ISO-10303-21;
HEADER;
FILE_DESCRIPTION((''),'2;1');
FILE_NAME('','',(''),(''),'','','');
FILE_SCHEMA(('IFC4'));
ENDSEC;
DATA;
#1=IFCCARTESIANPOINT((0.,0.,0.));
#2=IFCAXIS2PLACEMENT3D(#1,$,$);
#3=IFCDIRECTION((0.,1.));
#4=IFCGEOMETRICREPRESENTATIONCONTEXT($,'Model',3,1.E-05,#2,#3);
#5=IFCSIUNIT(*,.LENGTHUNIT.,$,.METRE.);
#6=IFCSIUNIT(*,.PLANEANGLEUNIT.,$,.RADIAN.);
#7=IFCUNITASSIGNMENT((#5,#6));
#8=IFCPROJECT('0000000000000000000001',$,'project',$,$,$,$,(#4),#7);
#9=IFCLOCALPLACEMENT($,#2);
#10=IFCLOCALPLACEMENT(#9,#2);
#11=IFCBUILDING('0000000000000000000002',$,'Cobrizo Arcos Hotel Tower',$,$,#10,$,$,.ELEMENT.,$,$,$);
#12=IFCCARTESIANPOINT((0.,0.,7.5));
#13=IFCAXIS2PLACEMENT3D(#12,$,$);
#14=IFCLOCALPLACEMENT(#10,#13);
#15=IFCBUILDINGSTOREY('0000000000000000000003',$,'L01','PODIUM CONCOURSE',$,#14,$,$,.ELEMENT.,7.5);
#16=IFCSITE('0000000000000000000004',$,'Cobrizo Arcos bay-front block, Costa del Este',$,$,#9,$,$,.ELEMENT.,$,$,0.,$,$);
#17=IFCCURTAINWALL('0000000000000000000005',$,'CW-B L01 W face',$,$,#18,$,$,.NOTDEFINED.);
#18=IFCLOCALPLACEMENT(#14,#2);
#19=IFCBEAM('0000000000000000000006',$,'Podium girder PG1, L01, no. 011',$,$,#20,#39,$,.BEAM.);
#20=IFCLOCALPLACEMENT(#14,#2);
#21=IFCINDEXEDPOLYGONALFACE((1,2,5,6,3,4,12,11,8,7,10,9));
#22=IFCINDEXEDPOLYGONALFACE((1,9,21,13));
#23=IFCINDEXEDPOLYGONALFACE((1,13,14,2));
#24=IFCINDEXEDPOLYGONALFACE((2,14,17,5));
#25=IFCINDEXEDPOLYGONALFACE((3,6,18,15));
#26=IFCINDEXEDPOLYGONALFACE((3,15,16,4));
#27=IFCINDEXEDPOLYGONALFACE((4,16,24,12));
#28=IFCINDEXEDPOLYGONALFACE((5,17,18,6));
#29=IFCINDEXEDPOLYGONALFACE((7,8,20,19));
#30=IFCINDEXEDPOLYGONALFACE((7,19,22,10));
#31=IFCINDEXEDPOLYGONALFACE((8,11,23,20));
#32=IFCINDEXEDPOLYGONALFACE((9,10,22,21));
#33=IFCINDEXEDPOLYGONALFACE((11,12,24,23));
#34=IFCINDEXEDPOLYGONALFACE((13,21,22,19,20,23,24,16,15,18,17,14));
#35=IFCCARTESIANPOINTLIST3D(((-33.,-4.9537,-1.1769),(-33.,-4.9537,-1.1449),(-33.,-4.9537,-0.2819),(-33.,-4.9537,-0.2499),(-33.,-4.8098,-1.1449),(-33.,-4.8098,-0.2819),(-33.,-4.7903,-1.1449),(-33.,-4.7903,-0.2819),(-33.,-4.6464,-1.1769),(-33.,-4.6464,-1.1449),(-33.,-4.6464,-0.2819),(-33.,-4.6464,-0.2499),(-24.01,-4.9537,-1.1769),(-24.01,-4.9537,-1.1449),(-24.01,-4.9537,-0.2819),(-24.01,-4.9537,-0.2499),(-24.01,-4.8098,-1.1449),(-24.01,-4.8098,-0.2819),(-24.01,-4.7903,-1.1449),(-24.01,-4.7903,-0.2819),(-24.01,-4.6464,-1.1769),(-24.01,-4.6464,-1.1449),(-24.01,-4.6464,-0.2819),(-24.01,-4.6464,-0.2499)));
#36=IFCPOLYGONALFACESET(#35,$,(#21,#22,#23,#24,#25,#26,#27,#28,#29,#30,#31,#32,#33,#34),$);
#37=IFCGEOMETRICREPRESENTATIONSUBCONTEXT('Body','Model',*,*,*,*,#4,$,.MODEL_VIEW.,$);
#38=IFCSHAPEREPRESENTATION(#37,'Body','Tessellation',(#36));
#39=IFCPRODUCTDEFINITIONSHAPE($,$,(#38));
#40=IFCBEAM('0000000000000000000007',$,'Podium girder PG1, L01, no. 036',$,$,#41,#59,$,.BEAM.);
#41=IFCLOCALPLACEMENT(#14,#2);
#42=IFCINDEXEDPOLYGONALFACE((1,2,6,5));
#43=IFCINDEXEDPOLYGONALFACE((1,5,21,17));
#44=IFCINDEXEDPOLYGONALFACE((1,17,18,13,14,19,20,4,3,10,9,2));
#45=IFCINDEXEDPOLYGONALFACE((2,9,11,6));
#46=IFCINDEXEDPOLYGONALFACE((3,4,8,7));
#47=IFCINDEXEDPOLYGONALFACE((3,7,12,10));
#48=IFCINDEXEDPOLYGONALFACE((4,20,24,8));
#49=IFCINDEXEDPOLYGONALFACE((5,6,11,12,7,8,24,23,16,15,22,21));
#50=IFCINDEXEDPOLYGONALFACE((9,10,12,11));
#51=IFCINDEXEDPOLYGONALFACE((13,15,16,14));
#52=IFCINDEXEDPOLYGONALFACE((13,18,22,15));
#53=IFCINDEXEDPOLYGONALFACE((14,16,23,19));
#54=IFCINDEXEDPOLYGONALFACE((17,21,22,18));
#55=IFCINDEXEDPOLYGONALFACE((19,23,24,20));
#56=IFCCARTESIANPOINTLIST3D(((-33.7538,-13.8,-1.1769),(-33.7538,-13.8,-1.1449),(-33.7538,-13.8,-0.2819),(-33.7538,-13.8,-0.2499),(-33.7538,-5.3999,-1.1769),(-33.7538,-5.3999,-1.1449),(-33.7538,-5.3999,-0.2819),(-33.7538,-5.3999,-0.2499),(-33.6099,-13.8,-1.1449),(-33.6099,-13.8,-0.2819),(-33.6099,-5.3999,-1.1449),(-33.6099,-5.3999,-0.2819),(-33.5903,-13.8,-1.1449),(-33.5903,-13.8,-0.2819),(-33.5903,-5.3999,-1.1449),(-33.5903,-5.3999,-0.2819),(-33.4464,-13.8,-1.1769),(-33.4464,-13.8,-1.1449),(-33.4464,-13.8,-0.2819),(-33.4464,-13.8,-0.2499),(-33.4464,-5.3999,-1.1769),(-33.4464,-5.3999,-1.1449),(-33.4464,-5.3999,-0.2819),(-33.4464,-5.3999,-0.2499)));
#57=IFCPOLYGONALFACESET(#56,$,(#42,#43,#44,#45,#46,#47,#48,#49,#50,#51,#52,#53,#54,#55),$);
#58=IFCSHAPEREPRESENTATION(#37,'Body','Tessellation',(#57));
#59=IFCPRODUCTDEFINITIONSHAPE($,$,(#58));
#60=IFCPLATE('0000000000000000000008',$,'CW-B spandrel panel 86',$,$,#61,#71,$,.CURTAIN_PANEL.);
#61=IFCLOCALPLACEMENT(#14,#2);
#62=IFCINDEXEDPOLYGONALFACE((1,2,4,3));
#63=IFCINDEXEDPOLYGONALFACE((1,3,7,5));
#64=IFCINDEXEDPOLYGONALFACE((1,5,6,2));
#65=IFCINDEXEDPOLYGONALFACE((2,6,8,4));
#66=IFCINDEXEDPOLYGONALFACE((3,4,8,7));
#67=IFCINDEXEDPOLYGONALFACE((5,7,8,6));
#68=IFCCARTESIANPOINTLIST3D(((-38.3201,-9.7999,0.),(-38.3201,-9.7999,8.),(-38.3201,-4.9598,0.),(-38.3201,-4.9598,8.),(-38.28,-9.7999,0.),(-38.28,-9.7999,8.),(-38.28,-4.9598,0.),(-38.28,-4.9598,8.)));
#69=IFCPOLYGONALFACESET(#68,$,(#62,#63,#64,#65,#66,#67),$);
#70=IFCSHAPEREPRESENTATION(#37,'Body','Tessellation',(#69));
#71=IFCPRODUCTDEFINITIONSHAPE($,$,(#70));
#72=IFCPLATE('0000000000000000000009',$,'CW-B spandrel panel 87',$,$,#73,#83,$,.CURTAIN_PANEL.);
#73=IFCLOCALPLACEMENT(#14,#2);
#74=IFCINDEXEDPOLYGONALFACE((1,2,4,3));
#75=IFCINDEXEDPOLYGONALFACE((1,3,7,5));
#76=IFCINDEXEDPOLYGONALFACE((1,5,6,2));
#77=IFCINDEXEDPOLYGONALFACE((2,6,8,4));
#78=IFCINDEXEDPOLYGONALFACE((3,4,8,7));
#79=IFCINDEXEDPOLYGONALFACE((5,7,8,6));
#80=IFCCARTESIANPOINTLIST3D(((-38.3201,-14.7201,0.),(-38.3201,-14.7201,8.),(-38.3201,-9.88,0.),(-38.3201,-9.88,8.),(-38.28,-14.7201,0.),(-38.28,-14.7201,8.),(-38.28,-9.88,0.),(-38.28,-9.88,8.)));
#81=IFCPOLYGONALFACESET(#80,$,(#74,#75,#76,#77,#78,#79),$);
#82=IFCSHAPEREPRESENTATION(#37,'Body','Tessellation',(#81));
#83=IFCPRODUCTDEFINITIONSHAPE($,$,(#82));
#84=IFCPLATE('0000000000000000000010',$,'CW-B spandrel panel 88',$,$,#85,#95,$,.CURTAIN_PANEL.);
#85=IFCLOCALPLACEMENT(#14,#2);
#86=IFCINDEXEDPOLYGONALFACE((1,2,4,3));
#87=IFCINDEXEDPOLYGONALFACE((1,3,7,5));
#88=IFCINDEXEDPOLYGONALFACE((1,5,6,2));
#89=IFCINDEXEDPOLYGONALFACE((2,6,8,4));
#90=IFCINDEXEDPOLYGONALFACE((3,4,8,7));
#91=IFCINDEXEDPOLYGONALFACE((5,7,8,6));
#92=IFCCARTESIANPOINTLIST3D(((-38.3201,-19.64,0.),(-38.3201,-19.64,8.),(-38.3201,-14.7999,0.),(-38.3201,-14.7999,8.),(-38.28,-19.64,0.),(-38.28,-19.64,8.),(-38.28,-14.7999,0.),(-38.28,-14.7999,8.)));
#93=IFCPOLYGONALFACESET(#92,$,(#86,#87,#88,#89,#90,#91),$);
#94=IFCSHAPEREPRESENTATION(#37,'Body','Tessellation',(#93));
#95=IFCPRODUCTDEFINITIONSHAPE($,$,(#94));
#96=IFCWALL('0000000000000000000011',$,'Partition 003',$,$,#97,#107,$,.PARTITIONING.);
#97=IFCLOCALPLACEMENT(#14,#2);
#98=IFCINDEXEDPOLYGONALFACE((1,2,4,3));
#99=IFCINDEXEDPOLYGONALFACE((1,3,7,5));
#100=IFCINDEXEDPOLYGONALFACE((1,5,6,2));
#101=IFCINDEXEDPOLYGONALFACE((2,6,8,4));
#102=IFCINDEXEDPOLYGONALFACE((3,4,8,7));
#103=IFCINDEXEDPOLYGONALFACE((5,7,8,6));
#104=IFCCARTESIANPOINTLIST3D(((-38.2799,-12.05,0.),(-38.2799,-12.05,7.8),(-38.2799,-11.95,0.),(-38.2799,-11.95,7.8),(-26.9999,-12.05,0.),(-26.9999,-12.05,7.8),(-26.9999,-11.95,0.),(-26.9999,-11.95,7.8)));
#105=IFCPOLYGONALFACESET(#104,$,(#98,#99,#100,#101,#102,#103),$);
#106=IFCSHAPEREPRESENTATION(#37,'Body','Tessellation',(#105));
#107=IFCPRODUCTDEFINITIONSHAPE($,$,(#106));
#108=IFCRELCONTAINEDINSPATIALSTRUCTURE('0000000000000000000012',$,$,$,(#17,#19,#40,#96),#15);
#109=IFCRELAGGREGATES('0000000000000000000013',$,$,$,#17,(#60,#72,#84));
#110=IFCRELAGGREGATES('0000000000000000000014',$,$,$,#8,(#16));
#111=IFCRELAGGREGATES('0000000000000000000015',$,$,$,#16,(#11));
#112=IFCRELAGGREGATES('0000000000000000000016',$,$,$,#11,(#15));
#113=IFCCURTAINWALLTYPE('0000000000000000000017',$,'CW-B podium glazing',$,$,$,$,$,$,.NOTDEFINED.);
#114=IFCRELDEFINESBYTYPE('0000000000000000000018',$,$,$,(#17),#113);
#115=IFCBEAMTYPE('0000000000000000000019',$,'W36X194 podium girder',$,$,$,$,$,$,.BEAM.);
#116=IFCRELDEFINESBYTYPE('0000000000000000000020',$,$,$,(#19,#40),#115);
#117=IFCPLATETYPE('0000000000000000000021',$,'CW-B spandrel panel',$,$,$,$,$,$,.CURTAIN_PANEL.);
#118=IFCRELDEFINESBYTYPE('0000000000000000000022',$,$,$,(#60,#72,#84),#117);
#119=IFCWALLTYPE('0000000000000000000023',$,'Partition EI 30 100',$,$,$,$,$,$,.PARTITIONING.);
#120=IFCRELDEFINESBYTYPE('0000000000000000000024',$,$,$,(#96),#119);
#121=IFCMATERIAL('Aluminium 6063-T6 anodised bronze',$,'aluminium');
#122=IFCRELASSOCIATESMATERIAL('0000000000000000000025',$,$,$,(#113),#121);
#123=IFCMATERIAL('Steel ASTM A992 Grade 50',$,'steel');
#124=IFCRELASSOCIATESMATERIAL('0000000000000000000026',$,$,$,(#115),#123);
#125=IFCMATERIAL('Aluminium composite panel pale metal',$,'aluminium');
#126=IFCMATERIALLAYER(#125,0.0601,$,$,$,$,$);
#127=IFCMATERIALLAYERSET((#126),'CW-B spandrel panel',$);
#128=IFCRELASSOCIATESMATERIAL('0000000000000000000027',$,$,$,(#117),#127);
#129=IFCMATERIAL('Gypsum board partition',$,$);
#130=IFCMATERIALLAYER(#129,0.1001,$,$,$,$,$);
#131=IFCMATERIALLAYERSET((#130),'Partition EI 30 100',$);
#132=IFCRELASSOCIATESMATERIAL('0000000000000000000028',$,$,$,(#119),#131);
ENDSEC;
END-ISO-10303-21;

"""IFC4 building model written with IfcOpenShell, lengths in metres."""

from ifc_helpers import new_model, si_unit, direction, frame, frame_2d, origin, origin_2d, place, context, subcontext, project, spatial, rectangle, i_section, extrude, material, layer, layer_set, material_profile, profile_set, type_object, element, aggregate, save


model = new_model("IFC4")

# Units and contexts
model_context = context("Model", 3, precision=1e-05, world=origin(), true_north=direction((0.0, 1.0)))
body_context = subcontext(model_context, "Body", "Model", "MODEL_VIEW")
ifc_project = project(units=[si_unit("LENGTHUNIT", "METRE"), si_unit("PLANEANGLEUNIT", "RADIAN")], contexts=[model_context])

# Site, building, storey
site_placement = place(None, origin())
site = spatial("IfcSite", under=ifc_project, at=site_placement, Name="Cobrizo Arcos bay-front block, Costa del Este", CompositionType="ELEMENT", RefElevation=0.0)
building_placement = place(site_placement, origin())
building = spatial("IfcBuilding", under=site, at=building_placement, Name="Cobrizo Arcos Hotel Tower", CompositionType="ELEMENT")
storey_placement = place(building_placement, frame((0.0, 0.0, 7.5)))
storey = spatial("IfcBuildingStorey", under=building, at=storey_placement, Name="L01", Description="PODIUM CONCOURSE", CompositionType="ELEMENT", Elevation=7.5)

# Curtain wall
ifc_material_1 = material(Name="Aluminium 6063-T6 anodised bronze", Category="aluminium")
curtain_wall_type = type_object("IfcCurtainWallType", Name="CW-B podium glazing", PredefinedType="NOTDEFINED", material=ifc_material_1)
curtain_wall_placement = place(storey_placement, origin())
curtain_wall = element("IfcCurtainWall", 1, at=curtain_wall_placement, inside=storey, type_object=curtain_wall_type, Name="CW-B L01 W face", PredefinedType="NOTDEFINED")

# Beams
ifc_material_2 = material(Name="Steel ASTM A992 Grade 50", Category="steel")
ifc_material_profile_1 = material_profile(ifc_material_2, i_section(OverallWidth=0.3074, OverallDepth=0.927, WebThickness=0.0195, FlangeThickness=0.032, at=origin_2d()), Name="W36X194")
ifc_profile_set_1 = profile_set([ifc_material_profile_1], Name="Steel ASTM A992 Grade 50")
beam_type_1 = type_object("IfcBeamType", Name="W36X194 podium girder", PredefinedType="BEAM", material=ifc_profile_set_1)
beam_1_placement = place(storey_placement, frame((-33.0, -4.8, -0.7134), z_axis=(1.0, 0.0, 0.0), x_axis=(0.0, 1.0, 0.0)))
element("IfcBeam", 2, at=beam_1_placement, inside=storey, type_object=beam_type_1, Name="Podium girder PG1, L01, no. 011", PredefinedType="BEAM", context=body_context, shape_type="SweptSolid", body=[
    extrude(i_section(OverallWidth=0.3074, OverallDepth=0.927, WebThickness=0.0195, FlangeThickness=0.032, at=origin_2d()), origin(), (0.0, 0.0, 1.0), 8.99),
])
beam_2_placement = place(storey_placement, frame((-33.6001, -13.8, -0.7134), z_axis=(0.0, 1.0, 0.0), x_axis=(-1.0, 0.0, 0.0)))
element("IfcBeam", 3, at=beam_2_placement, inside=storey, type_object=beam_type_1, Name="Podium girder PG1, L01, no. 036", PredefinedType="BEAM", context=body_context, shape_type="SweptSolid", body=[
    extrude(i_section(OverallWidth=0.3074, OverallDepth=0.927, WebThickness=0.0195, FlangeThickness=0.032, at=origin_2d()), origin(), (0.0, 0.0, 1.0), 8.4001),
])

# Plates
ifc_material_3 = material(Name="Aluminium composite panel pale metal", Category="aluminium")
ifc_layer_1 = layer(ifc_material_3, 0.0601)
ifc_layer_set_1 = layer_set([ifc_layer_1], Name="CW-B spandrel panel")
plate_type = type_object("IfcPlateType", Name="CW-B spandrel panel", PredefinedType="CURTAIN_PANEL", material=ifc_layer_set_1)
plate_1_placement = place(storey_placement, frame((-38.3, -7.3799, 0.0), z_axis=(0.0, 0.0, 1.0), x_axis=(0.0, -1.0, 0.0)))
plate_1 = element("IfcPlate", 4, at=plate_1_placement, type_object=plate_type, Name="CW-B spandrel panel 86", PredefinedType="CURTAIN_PANEL", context=body_context, shape_type="SweptSolid", body=[
    extrude(rectangle(XDim=4.8401, YDim=0.04, at=origin_2d()), origin(), (0.0, 0.0, 1.0), 8.0),
])
plate_2_placement = place(storey_placement, frame((-38.3, -12.3, 0.0), z_axis=(0.0, 0.0, 1.0), x_axis=(0.0, -1.0, 0.0)))
plate_2 = element("IfcPlate", 5, at=plate_2_placement, type_object=plate_type, Name="CW-B spandrel panel 87", PredefinedType="CURTAIN_PANEL", context=body_context, shape_type="SweptSolid", body=[
    extrude(rectangle(XDim=4.8401, YDim=0.04, at=origin_2d()), origin(), (0.0, 0.0, 1.0), 8.0),
])
plate_3_placement = place(storey_placement, frame((-38.3, -17.22, 0.0), z_axis=(0.0, 0.0, 1.0), x_axis=(0.0, -1.0, 0.0)))
plate_3 = element("IfcPlate", 6, at=plate_3_placement, type_object=plate_type, Name="CW-B spandrel panel 88", PredefinedType="CURTAIN_PANEL", context=body_context, shape_type="SweptSolid", body=[
    extrude(rectangle(XDim=4.8401, YDim=0.04, at=origin_2d()), origin(), (0.0, 0.0, 1.0), 8.0),
])
aggregate(curtain_wall, [plate_1, plate_2, plate_3])

# Wall
ifc_material_4 = material(Name="Gypsum board partition")
ifc_layer_2 = layer(ifc_material_4, 0.1001)
ifc_layer_set_2 = layer_set([ifc_layer_2], Name="Partition EI 30 100")
wall_type = type_object("IfcWallType", Name="Partition EI 30 100", PredefinedType="PARTITIONING", material=ifc_layer_set_2)
wall_placement = place(storey_placement, frame((-38.28, -12.0, 0.0), z_axis=(0.0, 0.0, 1.0), x_axis=(1.0, 0.0, 0.0)))
element("IfcWall", 7, at=wall_placement, inside=storey, type_object=wall_type, Name="Partition 003", PredefinedType="PARTITIONING", context=body_context, shape_type="SweptSolid", body=[
    extrude(rectangle(XDim=11.28, YDim=0.1001, at=frame_2d((5.6401, 0.0))), origin(), (0.0, 0.0, 1.0), 7.8),
])

save(model, "model.ifc")
